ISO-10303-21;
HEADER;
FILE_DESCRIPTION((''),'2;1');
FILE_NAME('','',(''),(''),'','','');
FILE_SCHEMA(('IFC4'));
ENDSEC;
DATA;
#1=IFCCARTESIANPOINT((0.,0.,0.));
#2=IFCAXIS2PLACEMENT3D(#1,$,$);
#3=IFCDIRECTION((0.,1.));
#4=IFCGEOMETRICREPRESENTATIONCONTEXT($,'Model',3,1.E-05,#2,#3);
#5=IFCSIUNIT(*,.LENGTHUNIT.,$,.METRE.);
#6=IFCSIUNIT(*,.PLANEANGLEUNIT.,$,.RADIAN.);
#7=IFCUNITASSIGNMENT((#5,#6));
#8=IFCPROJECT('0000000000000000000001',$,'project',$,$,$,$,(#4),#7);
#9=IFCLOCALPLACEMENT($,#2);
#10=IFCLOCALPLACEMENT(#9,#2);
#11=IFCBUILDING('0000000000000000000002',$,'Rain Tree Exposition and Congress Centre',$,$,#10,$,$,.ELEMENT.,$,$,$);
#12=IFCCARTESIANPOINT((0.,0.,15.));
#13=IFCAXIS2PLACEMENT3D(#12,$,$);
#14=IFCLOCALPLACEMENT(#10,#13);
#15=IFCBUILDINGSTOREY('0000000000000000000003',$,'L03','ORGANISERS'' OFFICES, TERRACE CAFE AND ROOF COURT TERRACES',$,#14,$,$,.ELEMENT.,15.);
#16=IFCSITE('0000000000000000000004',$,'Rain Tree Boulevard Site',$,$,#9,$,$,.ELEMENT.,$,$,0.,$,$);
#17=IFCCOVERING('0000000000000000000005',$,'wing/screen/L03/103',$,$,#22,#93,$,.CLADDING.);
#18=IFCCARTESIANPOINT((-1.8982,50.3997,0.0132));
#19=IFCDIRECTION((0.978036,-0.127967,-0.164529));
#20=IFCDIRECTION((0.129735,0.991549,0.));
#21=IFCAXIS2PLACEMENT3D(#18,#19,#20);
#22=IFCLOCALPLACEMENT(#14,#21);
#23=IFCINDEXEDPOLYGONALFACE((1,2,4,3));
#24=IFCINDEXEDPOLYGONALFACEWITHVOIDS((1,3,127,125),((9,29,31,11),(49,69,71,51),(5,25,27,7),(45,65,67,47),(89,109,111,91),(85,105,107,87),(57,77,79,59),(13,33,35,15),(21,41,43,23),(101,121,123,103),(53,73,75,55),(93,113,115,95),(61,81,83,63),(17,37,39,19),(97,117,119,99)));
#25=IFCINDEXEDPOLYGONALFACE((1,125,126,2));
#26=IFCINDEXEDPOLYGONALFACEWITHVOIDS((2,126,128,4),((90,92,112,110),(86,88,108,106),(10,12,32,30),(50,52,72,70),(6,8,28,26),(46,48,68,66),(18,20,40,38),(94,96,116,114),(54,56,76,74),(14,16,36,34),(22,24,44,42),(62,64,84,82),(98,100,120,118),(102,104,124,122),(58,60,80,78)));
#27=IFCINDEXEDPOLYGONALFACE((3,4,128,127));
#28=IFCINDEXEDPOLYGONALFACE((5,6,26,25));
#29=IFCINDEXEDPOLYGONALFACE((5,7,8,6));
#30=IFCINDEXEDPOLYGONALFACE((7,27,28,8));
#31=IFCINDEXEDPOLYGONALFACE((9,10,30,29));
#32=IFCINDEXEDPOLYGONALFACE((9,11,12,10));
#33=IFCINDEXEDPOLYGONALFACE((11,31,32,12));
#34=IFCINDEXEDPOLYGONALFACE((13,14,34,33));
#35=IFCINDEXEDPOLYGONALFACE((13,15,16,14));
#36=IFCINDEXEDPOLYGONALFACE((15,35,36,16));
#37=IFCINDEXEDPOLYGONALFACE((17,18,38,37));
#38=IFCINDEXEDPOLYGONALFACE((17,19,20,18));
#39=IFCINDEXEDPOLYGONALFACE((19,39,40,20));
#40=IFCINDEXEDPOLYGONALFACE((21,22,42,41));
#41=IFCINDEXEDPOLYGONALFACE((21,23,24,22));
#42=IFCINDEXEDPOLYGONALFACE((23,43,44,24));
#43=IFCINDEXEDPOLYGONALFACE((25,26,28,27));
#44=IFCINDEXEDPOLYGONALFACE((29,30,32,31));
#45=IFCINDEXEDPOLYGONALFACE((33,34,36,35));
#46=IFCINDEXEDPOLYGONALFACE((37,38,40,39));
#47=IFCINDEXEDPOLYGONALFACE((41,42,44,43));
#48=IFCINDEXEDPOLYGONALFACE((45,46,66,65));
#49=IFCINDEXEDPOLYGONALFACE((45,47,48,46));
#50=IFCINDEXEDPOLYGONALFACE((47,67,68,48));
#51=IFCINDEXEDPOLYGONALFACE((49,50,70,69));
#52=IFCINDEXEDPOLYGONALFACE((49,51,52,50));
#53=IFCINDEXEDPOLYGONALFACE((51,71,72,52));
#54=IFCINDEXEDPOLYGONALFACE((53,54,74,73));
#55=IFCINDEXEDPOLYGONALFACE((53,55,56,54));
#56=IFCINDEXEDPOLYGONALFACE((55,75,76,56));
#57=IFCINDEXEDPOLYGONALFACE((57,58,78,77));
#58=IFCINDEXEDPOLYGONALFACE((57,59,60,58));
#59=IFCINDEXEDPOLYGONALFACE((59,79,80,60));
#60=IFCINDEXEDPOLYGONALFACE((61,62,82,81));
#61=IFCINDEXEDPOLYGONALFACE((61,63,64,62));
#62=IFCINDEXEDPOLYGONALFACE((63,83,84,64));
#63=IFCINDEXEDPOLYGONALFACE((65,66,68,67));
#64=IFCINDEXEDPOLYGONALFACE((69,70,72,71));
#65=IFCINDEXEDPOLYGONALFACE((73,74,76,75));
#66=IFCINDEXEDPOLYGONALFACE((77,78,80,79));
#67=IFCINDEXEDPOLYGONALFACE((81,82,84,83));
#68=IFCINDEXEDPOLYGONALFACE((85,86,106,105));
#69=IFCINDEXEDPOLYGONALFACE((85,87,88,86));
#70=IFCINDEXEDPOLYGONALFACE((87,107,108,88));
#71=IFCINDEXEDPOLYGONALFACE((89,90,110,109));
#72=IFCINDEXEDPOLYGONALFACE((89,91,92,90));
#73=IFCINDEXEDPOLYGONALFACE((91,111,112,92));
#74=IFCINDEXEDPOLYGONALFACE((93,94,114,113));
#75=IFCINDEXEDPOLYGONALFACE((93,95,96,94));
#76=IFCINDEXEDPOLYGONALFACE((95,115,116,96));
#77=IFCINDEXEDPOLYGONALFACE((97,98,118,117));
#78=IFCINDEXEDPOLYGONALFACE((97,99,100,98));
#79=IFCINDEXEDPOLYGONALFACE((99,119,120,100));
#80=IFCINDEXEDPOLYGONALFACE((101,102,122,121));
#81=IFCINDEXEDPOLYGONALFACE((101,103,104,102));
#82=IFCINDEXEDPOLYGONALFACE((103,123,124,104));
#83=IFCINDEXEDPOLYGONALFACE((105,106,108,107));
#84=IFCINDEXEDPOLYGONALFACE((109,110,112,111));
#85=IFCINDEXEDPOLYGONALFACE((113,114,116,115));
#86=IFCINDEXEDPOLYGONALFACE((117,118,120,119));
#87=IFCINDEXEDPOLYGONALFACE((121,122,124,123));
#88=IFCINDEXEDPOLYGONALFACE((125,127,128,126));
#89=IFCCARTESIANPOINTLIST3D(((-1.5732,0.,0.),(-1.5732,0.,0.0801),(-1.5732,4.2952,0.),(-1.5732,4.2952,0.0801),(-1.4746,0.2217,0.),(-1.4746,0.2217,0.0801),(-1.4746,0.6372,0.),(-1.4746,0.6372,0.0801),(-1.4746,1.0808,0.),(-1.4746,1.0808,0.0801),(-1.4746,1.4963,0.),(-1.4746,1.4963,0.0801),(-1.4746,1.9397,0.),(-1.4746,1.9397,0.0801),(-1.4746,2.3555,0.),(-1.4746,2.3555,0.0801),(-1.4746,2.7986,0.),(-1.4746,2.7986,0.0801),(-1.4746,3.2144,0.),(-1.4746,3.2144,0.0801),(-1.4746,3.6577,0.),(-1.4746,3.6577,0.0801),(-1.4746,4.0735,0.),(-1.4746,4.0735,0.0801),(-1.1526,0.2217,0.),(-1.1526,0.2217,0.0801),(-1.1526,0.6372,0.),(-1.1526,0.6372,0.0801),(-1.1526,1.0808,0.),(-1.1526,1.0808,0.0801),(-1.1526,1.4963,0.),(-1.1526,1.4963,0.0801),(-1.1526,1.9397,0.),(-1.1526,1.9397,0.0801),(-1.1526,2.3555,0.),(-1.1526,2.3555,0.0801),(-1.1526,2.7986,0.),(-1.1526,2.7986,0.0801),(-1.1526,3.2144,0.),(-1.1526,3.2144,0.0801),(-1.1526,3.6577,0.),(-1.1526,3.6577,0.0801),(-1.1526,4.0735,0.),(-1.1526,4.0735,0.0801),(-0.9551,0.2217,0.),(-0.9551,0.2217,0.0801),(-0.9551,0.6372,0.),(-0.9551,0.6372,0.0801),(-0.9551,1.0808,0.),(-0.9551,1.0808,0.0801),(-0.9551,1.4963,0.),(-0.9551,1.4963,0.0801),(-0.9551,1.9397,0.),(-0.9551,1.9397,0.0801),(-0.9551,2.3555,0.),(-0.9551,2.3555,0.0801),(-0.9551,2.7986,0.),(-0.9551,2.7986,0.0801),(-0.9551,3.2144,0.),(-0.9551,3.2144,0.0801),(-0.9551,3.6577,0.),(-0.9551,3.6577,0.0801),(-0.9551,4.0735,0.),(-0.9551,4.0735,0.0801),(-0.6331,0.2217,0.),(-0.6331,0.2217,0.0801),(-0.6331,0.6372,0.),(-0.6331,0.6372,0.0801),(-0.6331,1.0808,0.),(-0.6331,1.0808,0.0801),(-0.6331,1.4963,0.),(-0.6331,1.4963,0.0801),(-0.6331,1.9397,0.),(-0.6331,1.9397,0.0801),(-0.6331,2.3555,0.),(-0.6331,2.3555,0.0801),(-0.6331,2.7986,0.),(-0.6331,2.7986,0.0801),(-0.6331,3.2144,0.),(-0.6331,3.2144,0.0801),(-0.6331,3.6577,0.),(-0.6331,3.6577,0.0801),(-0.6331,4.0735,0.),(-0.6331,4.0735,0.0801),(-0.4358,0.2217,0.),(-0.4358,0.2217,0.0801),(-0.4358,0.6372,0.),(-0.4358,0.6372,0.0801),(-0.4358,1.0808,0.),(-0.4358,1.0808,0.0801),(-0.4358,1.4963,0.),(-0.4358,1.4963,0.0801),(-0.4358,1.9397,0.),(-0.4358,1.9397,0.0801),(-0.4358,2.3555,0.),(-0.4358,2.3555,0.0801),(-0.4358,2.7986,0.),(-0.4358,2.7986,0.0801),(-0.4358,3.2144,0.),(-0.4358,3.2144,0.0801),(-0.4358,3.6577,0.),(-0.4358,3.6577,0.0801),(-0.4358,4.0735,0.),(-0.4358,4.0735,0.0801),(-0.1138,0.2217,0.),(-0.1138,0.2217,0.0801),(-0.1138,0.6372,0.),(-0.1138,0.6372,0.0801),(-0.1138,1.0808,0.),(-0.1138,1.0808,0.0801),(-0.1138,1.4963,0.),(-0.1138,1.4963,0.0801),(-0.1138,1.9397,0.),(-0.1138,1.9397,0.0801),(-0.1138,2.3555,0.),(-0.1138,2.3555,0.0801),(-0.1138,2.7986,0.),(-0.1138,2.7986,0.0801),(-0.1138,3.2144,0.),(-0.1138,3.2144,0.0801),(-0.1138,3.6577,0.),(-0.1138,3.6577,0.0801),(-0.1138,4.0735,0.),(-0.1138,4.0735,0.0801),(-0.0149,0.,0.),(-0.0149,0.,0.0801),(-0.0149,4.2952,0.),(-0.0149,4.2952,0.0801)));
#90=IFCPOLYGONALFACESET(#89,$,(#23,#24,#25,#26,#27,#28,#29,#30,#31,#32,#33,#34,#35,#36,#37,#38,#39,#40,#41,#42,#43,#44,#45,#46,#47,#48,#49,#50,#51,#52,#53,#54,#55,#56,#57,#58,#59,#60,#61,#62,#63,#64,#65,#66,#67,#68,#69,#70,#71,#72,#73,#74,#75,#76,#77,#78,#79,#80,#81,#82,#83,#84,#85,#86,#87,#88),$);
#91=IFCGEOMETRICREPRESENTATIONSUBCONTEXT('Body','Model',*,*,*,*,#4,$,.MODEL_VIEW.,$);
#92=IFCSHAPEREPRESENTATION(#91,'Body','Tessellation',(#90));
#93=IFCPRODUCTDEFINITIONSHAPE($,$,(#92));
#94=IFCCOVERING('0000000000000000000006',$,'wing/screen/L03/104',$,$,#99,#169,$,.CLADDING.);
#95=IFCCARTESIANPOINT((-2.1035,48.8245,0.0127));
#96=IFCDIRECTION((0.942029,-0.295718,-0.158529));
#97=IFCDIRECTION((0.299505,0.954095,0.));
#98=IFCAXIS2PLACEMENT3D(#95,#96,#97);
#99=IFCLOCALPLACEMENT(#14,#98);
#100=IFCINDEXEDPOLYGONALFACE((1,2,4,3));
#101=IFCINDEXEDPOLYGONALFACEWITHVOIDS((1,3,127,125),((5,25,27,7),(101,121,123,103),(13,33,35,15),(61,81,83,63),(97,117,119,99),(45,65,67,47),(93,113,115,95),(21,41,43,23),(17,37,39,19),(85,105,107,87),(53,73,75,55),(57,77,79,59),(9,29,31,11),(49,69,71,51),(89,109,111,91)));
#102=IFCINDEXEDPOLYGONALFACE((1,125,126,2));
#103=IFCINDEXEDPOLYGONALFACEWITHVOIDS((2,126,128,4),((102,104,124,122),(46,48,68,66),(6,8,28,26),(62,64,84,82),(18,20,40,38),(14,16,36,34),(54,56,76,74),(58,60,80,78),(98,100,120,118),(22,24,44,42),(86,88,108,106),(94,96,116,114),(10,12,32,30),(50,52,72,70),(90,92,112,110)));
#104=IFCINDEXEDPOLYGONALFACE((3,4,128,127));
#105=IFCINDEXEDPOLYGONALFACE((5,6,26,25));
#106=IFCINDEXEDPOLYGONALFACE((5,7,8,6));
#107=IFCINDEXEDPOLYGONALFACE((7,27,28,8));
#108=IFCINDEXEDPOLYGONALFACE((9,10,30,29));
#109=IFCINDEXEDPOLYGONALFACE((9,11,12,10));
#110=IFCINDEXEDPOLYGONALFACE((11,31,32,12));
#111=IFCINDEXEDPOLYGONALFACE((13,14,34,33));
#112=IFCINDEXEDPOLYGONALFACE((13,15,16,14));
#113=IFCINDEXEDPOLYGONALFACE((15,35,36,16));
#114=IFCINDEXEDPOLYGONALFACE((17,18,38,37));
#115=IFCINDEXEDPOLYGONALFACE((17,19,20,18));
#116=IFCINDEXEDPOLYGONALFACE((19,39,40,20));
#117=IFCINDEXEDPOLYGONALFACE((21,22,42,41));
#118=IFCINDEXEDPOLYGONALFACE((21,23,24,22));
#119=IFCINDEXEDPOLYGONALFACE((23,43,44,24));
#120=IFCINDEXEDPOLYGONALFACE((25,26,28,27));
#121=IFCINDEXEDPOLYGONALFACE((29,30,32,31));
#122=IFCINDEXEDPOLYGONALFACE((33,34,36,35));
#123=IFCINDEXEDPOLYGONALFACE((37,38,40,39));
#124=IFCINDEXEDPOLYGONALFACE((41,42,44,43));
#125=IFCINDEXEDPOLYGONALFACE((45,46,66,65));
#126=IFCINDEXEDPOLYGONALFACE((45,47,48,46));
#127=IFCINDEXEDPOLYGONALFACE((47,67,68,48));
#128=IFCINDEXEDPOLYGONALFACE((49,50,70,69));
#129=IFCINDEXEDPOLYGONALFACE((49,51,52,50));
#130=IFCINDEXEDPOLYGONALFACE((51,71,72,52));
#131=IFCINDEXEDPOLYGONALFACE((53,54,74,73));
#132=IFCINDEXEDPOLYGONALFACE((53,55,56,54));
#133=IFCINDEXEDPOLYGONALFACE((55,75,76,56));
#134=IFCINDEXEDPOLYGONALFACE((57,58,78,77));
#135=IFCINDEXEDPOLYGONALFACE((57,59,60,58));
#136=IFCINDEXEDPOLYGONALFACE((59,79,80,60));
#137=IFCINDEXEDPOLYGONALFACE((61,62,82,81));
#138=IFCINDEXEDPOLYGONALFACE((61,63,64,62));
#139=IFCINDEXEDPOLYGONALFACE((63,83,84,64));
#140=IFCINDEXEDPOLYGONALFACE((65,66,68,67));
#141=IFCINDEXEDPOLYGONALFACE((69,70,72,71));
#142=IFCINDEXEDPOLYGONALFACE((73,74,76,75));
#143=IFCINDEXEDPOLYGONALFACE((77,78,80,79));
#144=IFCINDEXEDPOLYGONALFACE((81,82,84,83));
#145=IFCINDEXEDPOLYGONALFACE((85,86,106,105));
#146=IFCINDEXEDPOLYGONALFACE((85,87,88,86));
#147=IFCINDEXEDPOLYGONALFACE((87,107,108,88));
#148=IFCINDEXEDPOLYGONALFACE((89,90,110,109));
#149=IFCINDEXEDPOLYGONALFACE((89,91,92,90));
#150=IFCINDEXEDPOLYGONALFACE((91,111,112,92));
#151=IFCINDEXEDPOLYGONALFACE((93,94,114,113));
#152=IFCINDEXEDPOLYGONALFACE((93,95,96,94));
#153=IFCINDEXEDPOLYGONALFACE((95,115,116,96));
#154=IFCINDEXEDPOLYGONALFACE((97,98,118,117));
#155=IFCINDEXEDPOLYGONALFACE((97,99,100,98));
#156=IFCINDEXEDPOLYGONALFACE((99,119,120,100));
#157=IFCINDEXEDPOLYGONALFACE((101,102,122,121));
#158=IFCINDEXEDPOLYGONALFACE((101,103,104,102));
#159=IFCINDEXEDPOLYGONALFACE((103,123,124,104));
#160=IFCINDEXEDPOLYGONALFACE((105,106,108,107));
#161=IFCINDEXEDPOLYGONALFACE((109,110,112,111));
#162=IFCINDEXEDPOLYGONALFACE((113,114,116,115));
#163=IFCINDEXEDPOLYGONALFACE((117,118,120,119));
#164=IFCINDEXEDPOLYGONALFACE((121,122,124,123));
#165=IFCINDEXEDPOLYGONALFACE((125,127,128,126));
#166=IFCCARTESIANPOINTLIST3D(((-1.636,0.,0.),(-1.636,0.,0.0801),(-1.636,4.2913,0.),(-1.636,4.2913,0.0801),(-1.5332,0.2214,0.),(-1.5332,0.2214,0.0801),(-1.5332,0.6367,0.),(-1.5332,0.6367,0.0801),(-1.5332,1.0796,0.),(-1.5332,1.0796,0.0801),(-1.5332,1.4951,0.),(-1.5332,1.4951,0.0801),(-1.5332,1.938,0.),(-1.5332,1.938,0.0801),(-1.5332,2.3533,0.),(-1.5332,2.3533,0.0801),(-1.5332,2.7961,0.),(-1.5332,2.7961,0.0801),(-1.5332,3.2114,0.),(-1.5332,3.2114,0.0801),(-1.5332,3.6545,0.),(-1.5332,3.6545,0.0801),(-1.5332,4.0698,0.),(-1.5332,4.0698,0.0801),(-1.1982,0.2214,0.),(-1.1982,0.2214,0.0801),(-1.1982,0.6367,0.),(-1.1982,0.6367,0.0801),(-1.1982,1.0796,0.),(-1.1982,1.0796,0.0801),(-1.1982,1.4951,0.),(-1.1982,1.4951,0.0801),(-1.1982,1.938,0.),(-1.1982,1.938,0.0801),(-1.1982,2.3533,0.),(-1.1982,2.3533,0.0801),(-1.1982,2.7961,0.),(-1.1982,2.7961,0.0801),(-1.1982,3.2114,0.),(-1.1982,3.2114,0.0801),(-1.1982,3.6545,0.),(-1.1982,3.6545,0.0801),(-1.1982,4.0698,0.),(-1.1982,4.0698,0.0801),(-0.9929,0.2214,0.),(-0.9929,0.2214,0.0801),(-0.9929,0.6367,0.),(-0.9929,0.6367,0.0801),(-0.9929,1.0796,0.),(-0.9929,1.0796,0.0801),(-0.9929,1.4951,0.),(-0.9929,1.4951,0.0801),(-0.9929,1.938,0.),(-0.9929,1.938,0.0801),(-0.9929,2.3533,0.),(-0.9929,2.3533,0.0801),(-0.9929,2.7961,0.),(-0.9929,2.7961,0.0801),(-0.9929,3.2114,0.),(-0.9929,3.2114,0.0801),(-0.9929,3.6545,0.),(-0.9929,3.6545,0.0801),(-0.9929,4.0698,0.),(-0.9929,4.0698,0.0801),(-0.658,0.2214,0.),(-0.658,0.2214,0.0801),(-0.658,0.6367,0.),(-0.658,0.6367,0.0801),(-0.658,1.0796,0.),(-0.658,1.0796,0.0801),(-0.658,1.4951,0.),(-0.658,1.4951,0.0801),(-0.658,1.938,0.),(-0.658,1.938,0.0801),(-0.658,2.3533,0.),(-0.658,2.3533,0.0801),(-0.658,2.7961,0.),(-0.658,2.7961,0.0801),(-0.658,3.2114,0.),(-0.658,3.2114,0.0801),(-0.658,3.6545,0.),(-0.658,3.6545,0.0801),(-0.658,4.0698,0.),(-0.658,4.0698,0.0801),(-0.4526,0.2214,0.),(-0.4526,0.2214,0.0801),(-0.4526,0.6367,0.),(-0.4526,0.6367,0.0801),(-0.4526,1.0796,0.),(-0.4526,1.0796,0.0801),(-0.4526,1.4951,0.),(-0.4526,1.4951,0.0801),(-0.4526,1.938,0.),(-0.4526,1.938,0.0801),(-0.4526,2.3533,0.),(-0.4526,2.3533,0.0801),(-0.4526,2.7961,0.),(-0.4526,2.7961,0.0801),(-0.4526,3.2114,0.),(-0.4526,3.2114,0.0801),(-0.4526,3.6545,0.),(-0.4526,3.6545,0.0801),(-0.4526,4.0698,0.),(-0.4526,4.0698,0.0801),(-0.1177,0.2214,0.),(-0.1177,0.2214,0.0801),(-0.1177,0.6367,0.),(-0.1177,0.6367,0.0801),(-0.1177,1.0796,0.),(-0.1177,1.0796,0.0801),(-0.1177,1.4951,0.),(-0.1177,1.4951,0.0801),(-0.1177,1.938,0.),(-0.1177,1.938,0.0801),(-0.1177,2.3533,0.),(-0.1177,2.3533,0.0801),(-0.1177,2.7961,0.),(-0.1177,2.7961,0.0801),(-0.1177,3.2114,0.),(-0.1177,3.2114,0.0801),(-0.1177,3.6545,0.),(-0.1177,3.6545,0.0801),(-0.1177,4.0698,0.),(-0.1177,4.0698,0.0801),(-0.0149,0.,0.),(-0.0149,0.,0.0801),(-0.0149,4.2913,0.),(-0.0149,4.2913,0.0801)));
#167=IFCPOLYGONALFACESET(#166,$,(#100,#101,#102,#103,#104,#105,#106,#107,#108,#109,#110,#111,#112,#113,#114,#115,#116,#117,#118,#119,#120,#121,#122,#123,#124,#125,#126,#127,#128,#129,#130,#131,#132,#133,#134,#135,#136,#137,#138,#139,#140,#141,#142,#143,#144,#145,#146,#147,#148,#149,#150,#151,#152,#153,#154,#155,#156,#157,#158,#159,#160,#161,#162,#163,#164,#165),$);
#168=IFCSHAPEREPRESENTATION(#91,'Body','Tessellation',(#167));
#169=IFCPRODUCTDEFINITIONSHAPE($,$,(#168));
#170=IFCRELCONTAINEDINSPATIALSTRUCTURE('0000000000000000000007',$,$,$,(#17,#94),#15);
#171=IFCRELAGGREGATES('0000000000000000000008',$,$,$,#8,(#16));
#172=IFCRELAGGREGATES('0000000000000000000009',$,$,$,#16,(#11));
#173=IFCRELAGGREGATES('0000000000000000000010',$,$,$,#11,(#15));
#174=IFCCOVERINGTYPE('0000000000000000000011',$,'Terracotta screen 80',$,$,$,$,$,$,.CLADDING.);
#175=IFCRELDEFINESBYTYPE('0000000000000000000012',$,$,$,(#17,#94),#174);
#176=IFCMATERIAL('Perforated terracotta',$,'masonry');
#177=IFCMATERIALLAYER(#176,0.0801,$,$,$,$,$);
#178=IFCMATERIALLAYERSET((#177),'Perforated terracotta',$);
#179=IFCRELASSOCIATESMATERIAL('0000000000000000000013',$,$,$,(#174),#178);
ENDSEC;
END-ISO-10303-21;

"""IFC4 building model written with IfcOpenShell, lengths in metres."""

from ifc_helpers import new_model, si_unit, direction, frame, origin, place, context, subcontext, project, spatial, polyline, outline, extrude, material, layer, layer_set, type_object, element, save


model = new_model("IFC4")

# Units and contexts
model_context = context("Model", 3, precision=1e-05, world=origin(), true_north=direction((0.0, 1.0)))
body_context = subcontext(model_context, "Body", "Model", "MODEL_VIEW")
ifc_project = project(units=[si_unit("LENGTHUNIT", "METRE"), si_unit("PLANEANGLEUNIT", "RADIAN")], contexts=[model_context])

# Site, building, storey
site_placement = place(None, origin())
site = spatial("IfcSite", under=ifc_project, at=site_placement, Name="Rain Tree Boulevard Site", CompositionType="ELEMENT", RefElevation=0.0)
building_placement = place(site_placement, origin())
building = spatial("IfcBuilding", under=site, at=building_placement, Name="Rain Tree Exposition and Congress Centre", CompositionType="ELEMENT")
storey_placement = place(building_placement, frame((0.0, 0.0, 15.0)))
storey = spatial("IfcBuildingStorey", under=building, at=storey_placement, Name="L03", Description="ORGANISERS' OFFICES, TERRACE CAFE AND ROOF COURT TERRACES", CompositionType="ELEMENT", Elevation=15.0)

# Coverings
ifc_material_1 = material(Name="Perforated terracotta", Category="masonry")
ifc_layer_1 = layer(ifc_material_1, 0.0801)
ifc_layer_set_1 = layer_set([ifc_layer_1], Name="Perforated terracotta")
covering_type = type_object("IfcCoveringType", Name="Terracotta screen 80", PredefinedType="CLADDING", material=ifc_layer_set_1)
covering_1_placement = place(storey_placement, frame((-1.8982, 50.3997, 0.0132), z_axis=(0.978036, -0.127967, -0.164529), x_axis=(0.129735, 0.991549, 0.0)))
element("IfcCovering", 1, at=covering_1_placement, inside=storey, type_object=covering_type, Name="wing/screen/L03/103", PredefinedType="CLADDING", context=body_context, shape_type="SweptSolid", body=[
    extrude(outline(polyline([(-1.5732, 0.0), (-1.5732, 4.2952), (-0.0149, 4.2952), (-0.0149, 0.0), (-1.5732, 0.0)]), holes=[polyline([(-0.1138, 0.2217), (-0.1138, 0.6372), (-0.4358, 0.6372), (-0.4358, 0.2217), (-0.1138, 0.2217)]), polyline([(-0.1138, 1.0808), (-0.1138, 1.4963), (-0.4358, 1.4963), (-0.4358, 1.0808), (-0.1138, 1.0808)]), polyline([(-0.1138, 1.9397), (-0.1138, 2.3555), (-0.4358, 2.3555), (-0.4358, 1.9397), (-0.1138, 1.9397)]), polyline([(-0.1138, 2.7986), (-0.1138, 3.2144), (-0.4358, 3.2144), (-0.4358, 2.7986), (-0.1138, 2.7986)]), polyline([(-0.1138, 3.6577), (-0.1138, 4.0735), (-0.4358, 4.0735), (-0.4358, 3.6577), (-0.1138, 3.6577)]), polyline([(-0.6331, 0.2217), (-0.6331, 0.6372), (-0.9551, 0.6372), (-0.9551, 0.2217), (-0.6331, 0.2217)]), polyline([(-0.6331, 1.0808), (-0.6331, 1.4963), (-0.9551, 1.4963), (-0.9551, 1.0808), (-0.6331, 1.0808)]), polyline([(-0.6331, 1.9397), (-0.6331, 2.3555), (-0.9551, 2.3555), (-0.9551, 1.9397), (-0.6331, 1.9397)]), polyline([(-0.6331, 2.7986), (-0.6331, 3.2144), (-0.9551, 3.2144), (-0.9551, 2.7986), (-0.6331, 2.7986)]), polyline([(-0.6331, 3.6577), (-0.6331, 4.0735), (-0.9551, 4.0735), (-0.9551, 3.6577), (-0.6331, 3.6577)]), polyline([(-1.1526, 0.2217), (-1.1526, 0.6372), (-1.4746, 0.6372), (-1.4746, 0.2217), (-1.1526, 0.2217)]), polyline([(-1.1526, 1.0808), (-1.1526, 1.4963), (-1.4746, 1.4963), (-1.4746, 1.0808), (-1.1526, 1.0808)]), polyline([(-1.1526, 1.9397), (-1.1526, 2.3555), (-1.4746, 2.3555), (-1.4746, 1.9397), (-1.1526, 1.9397)]), polyline([(-1.1526, 2.7986), (-1.1526, 3.2144), (-1.4746, 3.2144), (-1.4746, 2.7986), (-1.1526, 2.7986)]), polyline([(-1.1526, 3.6577), (-1.1526, 4.0735), (-1.4746, 4.0735), (-1.4746, 3.6577), (-1.1526, 3.6577)])]), origin(), (0.0, 0.0, 1.0), 0.0801),
])
covering_2_placement = place(storey_placement, frame((-2.1035, 48.8245, 0.0127), z_axis=(0.942029, -0.295718, -0.158529), x_axis=(0.299505, 0.954095, 0.0)))
element("IfcCovering", 2, at=covering_2_placement, inside=storey, type_object=covering_type, Name="wing/screen/L03/104", PredefinedType="CLADDING", context=body_context, shape_type="SweptSolid", body=[
    extrude(outline(polyline([(-1.636, 0.0), (-1.636, 4.2913), (-0.0149, 4.2913), (-0.0149, 0.0), (-1.636, 0.0)]), holes=[polyline([(-0.1177, 0.2214), (-0.1177, 0.6367), (-0.4526, 0.6367), (-0.4526, 0.2214), (-0.1177, 0.2214)]), polyline([(-0.1177, 1.0796), (-0.1177, 1.4951), (-0.4526, 1.4951), (-0.4526, 1.0796), (-0.1177, 1.0796)]), polyline([(-0.1177, 1.938), (-0.1177, 2.3533), (-0.4526, 2.3533), (-0.4526, 1.938), (-0.1177, 1.938)]), polyline([(-0.1177, 2.7961), (-0.1177, 3.2114), (-0.4526, 3.2114), (-0.4526, 2.7961), (-0.1177, 2.7961)]), polyline([(-0.1177, 3.6545), (-0.1177, 4.0698), (-0.4526, 4.0698), (-0.4526, 3.6545), (-0.1177, 3.6545)]), polyline([(-0.658, 0.2214), (-0.658, 0.6367), (-0.9929, 0.6367), (-0.9929, 0.2214), (-0.658, 0.2214)]), polyline([(-0.658, 1.0796), (-0.658, 1.4951), (-0.9929, 1.4951), (-0.9929, 1.0796), (-0.658, 1.0796)]), polyline([(-0.658, 1.938), (-0.658, 2.3533), (-0.9929, 2.3533), (-0.9929, 1.938), (-0.658, 1.938)]), polyline([(-0.658, 2.7961), (-0.658, 3.2114), (-0.9929, 3.2114), (-0.9929, 2.7961), (-0.658, 2.7961)]), polyline([(-0.658, 3.6545), (-0.658, 4.0698), (-0.9929, 4.0698), (-0.9929, 3.6545), (-0.658, 3.6545)]), polyline([(-1.1982, 0.2214), (-1.1982, 0.6367), (-1.5332, 0.6367), (-1.5332, 0.2214), (-1.1982, 0.2214)]), polyline([(-1.1982, 1.0796), (-1.1982, 1.4951), (-1.5332, 1.4951), (-1.5332, 1.0796), (-1.1982, 1.0796)]), polyline([(-1.1982, 1.938), (-1.1982, 2.3533), (-1.5332, 2.3533), (-1.5332, 1.938), (-1.1982, 1.938)]), polyline([(-1.1982, 2.7961), (-1.1982, 3.2114), (-1.5332, 3.2114), (-1.5332, 2.7961), (-1.1982, 2.7961)]), polyline([(-1.1982, 3.6545), (-1.1982, 4.0698), (-1.5332, 4.0698), (-1.5332, 3.6545), (-1.1982, 3.6545)])]), origin(), (0.0, 0.0, 1.0), 0.0801),
])

save(model, "model.ifc")
